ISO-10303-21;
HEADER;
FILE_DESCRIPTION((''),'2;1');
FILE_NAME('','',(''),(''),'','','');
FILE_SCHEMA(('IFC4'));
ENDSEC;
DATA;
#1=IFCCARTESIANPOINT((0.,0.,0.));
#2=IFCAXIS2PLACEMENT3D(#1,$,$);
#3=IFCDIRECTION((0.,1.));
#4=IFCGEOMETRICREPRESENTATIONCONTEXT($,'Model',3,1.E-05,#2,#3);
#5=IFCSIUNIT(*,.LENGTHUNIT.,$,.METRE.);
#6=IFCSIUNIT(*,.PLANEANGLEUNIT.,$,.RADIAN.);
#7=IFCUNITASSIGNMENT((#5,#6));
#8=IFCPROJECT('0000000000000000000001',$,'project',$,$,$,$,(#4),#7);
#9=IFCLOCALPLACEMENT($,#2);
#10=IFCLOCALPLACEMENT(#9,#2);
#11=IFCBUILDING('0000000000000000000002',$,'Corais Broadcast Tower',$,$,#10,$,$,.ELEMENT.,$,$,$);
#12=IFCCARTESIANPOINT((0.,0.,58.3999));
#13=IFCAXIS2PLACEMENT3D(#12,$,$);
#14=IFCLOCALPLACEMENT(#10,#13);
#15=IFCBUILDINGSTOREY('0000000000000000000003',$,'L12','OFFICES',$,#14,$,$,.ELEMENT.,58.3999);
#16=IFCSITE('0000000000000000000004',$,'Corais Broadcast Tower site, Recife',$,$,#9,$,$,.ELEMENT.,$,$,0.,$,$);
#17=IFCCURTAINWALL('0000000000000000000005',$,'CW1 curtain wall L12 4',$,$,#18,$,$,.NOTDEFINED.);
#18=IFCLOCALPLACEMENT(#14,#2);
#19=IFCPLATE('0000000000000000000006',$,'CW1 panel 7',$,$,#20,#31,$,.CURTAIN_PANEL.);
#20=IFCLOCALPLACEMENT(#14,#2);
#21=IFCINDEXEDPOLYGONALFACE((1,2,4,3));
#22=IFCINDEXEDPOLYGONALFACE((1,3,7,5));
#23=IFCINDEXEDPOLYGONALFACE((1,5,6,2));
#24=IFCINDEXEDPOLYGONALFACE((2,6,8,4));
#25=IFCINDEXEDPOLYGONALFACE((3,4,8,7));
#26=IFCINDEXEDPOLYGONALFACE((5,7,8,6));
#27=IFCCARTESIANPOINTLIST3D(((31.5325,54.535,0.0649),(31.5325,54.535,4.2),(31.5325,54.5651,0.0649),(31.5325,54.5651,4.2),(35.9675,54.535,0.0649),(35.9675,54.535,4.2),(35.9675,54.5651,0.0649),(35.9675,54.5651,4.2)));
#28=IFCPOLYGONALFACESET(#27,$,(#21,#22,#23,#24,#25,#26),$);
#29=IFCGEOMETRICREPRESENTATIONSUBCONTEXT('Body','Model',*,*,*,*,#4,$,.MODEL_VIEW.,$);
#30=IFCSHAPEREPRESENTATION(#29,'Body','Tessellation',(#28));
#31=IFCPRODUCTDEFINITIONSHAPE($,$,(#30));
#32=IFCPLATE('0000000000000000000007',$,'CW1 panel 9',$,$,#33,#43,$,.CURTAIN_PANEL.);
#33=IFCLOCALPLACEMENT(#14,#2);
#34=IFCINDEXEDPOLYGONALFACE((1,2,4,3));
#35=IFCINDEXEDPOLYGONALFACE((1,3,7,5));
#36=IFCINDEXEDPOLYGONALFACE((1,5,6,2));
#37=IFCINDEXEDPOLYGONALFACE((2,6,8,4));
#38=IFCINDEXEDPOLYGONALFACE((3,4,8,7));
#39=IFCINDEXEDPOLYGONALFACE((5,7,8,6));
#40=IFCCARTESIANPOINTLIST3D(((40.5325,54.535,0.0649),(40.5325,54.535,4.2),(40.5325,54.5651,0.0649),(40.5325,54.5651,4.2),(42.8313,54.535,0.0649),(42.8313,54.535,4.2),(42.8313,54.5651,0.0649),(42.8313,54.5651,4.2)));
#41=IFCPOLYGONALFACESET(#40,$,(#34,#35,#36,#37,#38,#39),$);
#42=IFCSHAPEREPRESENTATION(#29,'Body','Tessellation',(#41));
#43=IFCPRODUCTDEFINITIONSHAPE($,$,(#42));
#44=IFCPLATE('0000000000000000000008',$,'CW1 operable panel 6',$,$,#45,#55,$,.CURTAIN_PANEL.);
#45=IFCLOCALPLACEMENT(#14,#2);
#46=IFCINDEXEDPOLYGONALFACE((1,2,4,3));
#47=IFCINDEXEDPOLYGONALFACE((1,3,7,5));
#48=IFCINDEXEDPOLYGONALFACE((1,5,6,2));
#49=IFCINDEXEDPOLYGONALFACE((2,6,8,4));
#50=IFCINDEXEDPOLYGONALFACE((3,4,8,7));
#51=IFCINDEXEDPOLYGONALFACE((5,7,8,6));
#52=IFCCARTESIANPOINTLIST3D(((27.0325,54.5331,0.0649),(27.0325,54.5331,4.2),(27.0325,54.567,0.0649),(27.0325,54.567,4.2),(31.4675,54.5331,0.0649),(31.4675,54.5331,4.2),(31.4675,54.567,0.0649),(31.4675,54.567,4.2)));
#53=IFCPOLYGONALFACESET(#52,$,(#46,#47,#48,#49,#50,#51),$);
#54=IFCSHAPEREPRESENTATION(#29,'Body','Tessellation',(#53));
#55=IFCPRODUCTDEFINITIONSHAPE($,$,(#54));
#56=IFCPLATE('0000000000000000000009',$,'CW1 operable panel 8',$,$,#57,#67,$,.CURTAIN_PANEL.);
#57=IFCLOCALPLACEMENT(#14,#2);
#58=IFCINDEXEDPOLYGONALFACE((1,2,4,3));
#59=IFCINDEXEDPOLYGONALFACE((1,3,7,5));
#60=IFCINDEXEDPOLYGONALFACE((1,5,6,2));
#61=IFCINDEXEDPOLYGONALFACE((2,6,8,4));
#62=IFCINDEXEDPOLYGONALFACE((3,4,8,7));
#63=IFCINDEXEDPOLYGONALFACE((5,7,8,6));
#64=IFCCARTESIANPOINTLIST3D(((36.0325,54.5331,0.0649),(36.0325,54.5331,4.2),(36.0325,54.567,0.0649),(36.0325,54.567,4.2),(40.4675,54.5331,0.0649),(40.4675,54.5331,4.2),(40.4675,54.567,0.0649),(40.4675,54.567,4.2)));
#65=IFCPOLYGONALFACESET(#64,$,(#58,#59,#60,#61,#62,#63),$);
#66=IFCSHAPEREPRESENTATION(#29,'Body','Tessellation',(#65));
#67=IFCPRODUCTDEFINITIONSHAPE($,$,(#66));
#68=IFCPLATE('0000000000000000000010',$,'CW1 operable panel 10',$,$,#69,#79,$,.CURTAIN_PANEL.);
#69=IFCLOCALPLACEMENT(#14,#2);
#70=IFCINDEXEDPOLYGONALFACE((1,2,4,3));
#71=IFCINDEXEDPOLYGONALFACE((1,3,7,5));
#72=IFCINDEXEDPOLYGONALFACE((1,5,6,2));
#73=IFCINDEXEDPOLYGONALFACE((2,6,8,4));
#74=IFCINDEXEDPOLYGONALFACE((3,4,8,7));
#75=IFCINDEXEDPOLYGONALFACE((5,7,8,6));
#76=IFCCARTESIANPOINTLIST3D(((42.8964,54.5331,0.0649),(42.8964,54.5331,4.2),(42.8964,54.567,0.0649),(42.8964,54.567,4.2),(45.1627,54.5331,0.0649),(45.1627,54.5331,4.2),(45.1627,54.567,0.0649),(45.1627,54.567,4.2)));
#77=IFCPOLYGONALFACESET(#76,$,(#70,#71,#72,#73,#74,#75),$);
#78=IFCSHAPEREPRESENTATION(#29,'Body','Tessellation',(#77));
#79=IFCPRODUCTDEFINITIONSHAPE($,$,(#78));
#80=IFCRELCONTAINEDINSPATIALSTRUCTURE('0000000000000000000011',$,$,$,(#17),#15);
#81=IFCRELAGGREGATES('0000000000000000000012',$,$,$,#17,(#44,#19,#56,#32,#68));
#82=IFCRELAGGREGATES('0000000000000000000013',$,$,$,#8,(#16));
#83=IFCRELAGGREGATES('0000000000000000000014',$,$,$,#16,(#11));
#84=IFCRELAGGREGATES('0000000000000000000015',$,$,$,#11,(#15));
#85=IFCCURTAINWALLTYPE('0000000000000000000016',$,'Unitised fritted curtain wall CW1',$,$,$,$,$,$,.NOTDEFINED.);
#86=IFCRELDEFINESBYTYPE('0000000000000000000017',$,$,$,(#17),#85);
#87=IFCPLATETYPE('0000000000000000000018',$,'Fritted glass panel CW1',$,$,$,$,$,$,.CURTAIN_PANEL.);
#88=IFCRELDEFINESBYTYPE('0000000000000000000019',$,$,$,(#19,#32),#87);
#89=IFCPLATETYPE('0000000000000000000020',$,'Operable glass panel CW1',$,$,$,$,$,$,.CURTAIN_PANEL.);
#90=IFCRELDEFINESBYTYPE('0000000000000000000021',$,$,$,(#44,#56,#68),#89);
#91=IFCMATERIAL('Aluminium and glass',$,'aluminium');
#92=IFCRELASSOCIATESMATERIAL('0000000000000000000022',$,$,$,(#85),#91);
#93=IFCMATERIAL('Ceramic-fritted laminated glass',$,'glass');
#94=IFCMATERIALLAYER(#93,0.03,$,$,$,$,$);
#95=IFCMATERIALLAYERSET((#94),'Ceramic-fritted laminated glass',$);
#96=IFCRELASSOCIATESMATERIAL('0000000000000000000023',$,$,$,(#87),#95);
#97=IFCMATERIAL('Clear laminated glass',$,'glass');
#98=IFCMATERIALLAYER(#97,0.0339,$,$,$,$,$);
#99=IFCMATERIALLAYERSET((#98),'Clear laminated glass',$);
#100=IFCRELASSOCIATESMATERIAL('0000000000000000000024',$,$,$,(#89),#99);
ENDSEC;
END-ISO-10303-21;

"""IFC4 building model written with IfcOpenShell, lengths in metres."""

from ifc_helpers import new_model, si_unit, direction, frame, origin, origin_2d, place, context, subcontext, project, spatial, rectangle, extrude, material, layer, layer_set, type_object, element, aggregate, save


model = new_model("IFC4")

# Units and contexts
model_context = context("Model", 3, precision=1e-05, world=origin(), true_north=direction((0.0, 1.0)))
body_context = subcontext(model_context, "Body", "Model", "MODEL_VIEW")
ifc_project = project(units=[si_unit("LENGTHUNIT", "METRE"), si_unit("PLANEANGLEUNIT", "RADIAN")], contexts=[model_context])

# Site, building, storey
site_placement = place(None, origin())
site = spatial("IfcSite", under=ifc_project, at=site_placement, Name="Corais Broadcast Tower site, Recife", CompositionType="ELEMENT", RefElevation=0.0)
building_placement = place(site_placement, origin())
building = spatial("IfcBuilding", under=site, at=building_placement, Name="Corais Broadcast Tower", CompositionType="ELEMENT")
storey_placement = place(building_placement, frame((0.0, 0.0, 58.3999)))
storey = spatial("IfcBuildingStorey", under=building, at=storey_placement, Name="L12", Description="OFFICES", CompositionType="ELEMENT", Elevation=58.3999)

# Curtain wall
ifc_material_1 = material(Name="Aluminium and glass", Category="aluminium")
curtain_wall_type = type_object("IfcCurtainWallType", Name="Unitised fritted curtain wall CW1", PredefinedType="NOTDEFINED", material=ifc_material_1)
curtain_wall_placement = place(storey_placement, origin())
curtain_wall = element("IfcCurtainWall", 1, at=curtain_wall_placement, inside=storey, type_object=curtain_wall_type, Name="CW1 curtain wall L12 4", PredefinedType="NOTDEFINED")

# Plates
ifc_material_2 = material(Name="Ceramic-fritted laminated glass", Category="glass")
ifc_layer_1 = layer(ifc_material_2, 0.03)
ifc_layer_set_1 = layer_set([ifc_layer_1], Name="Ceramic-fritted laminated glass")
plate_type_1 = type_object("IfcPlateType", Name="Fritted glass panel CW1", PredefinedType="CURTAIN_PANEL", material=ifc_layer_set_1)
plate_1_placement = place(storey_placement, frame((33.75, 54.55, 0.0649), z_axis=(0.0, 0.0, 1.0), x_axis=(1.0, 0.0, 0.0)))
plate_1 = element("IfcPlate", 2, at=plate_1_placement, type_object=plate_type_1, Name="CW1 panel 7", PredefinedType="CURTAIN_PANEL", context=body_context, shape_type="SweptSolid", body=[
    extrude(rectangle(XDim=4.4351, YDim=0.03, at=origin_2d()), origin(), (0.0, 0.0, 1.0), 4.135),
])
plate_2_placement = place(storey_placement, frame((41.6819, 54.55, 0.0649), z_axis=(0.0, 0.0, 1.0), x_axis=(1.0, 0.0, 0.0)))
plate_2 = element("IfcPlate", 3, at=plate_2_placement, type_object=plate_type_1, Name="CW1 panel 9", PredefinedType="CURTAIN_PANEL", context=body_context, shape_type="SweptSolid", body=[
    extrude(rectangle(XDim=2.2988, YDim=0.03, at=origin_2d()), origin(), (0.0, 0.0, 1.0), 4.135),
])
ifc_material_3 = material(Name="Clear laminated glass", Category="glass")
ifc_layer_2 = layer(ifc_material_3, 0.0339)
ifc_layer_set_2 = layer_set([ifc_layer_2], Name="Clear laminated glass")
plate_type_2 = type_object("IfcPlateType", Name="Operable glass panel CW1", PredefinedType="CURTAIN_PANEL", material=ifc_layer_set_2)
plate_3_placement = place(storey_placement, frame((29.25, 54.55, 0.0649), z_axis=(0.0, 0.0, 1.0), x_axis=(1.0, 0.0, 0.0)))
plate_3 = element("IfcPlate", 4, at=plate_3_placement, type_object=plate_type_2, Name="CW1 operable panel 6", PredefinedType="CURTAIN_PANEL", context=body_context, shape_type="SweptSolid", body=[
    extrude(rectangle(XDim=4.4351, YDim=0.0339, at=origin_2d()), origin(), (0.0, 0.0, 1.0), 4.135),
])
plate_4_placement = place(storey_placement, frame((38.25, 54.55, 0.0649), z_axis=(0.0, 0.0, 1.0), x_axis=(1.0, 0.0, 0.0)))
plate_4 = element("IfcPlate", 5, at=plate_4_placement, type_object=plate_type_2, Name="CW1 operable panel 8", PredefinedType="CURTAIN_PANEL", context=body_context, shape_type="SweptSolid", body=[
    extrude(rectangle(XDim=4.4351, YDim=0.0339, at=origin_2d()), origin(), (0.0, 0.0, 1.0), 4.135),
])
plate_5_placement = place(storey_placement, frame((44.0295, 54.55, 0.0649), z_axis=(0.0, 0.0, 1.0), x_axis=(1.0, 0.0, 0.0)))
plate_5 = element("IfcPlate", 6, at=plate_5_placement, type_object=plate_type_2, Name="CW1 operable panel 10", PredefinedType="CURTAIN_PANEL", context=body_context, shape_type="SweptSolid", body=[
    extrude(rectangle(XDim=2.2664, YDim=0.0339, at=origin_2d()), origin(), (0.0, 0.0, 1.0), 4.135),
])
aggregate(curtain_wall, [plate_3, plate_1, plate_4, plate_2, plate_5])

save(model, "model.ifc")
